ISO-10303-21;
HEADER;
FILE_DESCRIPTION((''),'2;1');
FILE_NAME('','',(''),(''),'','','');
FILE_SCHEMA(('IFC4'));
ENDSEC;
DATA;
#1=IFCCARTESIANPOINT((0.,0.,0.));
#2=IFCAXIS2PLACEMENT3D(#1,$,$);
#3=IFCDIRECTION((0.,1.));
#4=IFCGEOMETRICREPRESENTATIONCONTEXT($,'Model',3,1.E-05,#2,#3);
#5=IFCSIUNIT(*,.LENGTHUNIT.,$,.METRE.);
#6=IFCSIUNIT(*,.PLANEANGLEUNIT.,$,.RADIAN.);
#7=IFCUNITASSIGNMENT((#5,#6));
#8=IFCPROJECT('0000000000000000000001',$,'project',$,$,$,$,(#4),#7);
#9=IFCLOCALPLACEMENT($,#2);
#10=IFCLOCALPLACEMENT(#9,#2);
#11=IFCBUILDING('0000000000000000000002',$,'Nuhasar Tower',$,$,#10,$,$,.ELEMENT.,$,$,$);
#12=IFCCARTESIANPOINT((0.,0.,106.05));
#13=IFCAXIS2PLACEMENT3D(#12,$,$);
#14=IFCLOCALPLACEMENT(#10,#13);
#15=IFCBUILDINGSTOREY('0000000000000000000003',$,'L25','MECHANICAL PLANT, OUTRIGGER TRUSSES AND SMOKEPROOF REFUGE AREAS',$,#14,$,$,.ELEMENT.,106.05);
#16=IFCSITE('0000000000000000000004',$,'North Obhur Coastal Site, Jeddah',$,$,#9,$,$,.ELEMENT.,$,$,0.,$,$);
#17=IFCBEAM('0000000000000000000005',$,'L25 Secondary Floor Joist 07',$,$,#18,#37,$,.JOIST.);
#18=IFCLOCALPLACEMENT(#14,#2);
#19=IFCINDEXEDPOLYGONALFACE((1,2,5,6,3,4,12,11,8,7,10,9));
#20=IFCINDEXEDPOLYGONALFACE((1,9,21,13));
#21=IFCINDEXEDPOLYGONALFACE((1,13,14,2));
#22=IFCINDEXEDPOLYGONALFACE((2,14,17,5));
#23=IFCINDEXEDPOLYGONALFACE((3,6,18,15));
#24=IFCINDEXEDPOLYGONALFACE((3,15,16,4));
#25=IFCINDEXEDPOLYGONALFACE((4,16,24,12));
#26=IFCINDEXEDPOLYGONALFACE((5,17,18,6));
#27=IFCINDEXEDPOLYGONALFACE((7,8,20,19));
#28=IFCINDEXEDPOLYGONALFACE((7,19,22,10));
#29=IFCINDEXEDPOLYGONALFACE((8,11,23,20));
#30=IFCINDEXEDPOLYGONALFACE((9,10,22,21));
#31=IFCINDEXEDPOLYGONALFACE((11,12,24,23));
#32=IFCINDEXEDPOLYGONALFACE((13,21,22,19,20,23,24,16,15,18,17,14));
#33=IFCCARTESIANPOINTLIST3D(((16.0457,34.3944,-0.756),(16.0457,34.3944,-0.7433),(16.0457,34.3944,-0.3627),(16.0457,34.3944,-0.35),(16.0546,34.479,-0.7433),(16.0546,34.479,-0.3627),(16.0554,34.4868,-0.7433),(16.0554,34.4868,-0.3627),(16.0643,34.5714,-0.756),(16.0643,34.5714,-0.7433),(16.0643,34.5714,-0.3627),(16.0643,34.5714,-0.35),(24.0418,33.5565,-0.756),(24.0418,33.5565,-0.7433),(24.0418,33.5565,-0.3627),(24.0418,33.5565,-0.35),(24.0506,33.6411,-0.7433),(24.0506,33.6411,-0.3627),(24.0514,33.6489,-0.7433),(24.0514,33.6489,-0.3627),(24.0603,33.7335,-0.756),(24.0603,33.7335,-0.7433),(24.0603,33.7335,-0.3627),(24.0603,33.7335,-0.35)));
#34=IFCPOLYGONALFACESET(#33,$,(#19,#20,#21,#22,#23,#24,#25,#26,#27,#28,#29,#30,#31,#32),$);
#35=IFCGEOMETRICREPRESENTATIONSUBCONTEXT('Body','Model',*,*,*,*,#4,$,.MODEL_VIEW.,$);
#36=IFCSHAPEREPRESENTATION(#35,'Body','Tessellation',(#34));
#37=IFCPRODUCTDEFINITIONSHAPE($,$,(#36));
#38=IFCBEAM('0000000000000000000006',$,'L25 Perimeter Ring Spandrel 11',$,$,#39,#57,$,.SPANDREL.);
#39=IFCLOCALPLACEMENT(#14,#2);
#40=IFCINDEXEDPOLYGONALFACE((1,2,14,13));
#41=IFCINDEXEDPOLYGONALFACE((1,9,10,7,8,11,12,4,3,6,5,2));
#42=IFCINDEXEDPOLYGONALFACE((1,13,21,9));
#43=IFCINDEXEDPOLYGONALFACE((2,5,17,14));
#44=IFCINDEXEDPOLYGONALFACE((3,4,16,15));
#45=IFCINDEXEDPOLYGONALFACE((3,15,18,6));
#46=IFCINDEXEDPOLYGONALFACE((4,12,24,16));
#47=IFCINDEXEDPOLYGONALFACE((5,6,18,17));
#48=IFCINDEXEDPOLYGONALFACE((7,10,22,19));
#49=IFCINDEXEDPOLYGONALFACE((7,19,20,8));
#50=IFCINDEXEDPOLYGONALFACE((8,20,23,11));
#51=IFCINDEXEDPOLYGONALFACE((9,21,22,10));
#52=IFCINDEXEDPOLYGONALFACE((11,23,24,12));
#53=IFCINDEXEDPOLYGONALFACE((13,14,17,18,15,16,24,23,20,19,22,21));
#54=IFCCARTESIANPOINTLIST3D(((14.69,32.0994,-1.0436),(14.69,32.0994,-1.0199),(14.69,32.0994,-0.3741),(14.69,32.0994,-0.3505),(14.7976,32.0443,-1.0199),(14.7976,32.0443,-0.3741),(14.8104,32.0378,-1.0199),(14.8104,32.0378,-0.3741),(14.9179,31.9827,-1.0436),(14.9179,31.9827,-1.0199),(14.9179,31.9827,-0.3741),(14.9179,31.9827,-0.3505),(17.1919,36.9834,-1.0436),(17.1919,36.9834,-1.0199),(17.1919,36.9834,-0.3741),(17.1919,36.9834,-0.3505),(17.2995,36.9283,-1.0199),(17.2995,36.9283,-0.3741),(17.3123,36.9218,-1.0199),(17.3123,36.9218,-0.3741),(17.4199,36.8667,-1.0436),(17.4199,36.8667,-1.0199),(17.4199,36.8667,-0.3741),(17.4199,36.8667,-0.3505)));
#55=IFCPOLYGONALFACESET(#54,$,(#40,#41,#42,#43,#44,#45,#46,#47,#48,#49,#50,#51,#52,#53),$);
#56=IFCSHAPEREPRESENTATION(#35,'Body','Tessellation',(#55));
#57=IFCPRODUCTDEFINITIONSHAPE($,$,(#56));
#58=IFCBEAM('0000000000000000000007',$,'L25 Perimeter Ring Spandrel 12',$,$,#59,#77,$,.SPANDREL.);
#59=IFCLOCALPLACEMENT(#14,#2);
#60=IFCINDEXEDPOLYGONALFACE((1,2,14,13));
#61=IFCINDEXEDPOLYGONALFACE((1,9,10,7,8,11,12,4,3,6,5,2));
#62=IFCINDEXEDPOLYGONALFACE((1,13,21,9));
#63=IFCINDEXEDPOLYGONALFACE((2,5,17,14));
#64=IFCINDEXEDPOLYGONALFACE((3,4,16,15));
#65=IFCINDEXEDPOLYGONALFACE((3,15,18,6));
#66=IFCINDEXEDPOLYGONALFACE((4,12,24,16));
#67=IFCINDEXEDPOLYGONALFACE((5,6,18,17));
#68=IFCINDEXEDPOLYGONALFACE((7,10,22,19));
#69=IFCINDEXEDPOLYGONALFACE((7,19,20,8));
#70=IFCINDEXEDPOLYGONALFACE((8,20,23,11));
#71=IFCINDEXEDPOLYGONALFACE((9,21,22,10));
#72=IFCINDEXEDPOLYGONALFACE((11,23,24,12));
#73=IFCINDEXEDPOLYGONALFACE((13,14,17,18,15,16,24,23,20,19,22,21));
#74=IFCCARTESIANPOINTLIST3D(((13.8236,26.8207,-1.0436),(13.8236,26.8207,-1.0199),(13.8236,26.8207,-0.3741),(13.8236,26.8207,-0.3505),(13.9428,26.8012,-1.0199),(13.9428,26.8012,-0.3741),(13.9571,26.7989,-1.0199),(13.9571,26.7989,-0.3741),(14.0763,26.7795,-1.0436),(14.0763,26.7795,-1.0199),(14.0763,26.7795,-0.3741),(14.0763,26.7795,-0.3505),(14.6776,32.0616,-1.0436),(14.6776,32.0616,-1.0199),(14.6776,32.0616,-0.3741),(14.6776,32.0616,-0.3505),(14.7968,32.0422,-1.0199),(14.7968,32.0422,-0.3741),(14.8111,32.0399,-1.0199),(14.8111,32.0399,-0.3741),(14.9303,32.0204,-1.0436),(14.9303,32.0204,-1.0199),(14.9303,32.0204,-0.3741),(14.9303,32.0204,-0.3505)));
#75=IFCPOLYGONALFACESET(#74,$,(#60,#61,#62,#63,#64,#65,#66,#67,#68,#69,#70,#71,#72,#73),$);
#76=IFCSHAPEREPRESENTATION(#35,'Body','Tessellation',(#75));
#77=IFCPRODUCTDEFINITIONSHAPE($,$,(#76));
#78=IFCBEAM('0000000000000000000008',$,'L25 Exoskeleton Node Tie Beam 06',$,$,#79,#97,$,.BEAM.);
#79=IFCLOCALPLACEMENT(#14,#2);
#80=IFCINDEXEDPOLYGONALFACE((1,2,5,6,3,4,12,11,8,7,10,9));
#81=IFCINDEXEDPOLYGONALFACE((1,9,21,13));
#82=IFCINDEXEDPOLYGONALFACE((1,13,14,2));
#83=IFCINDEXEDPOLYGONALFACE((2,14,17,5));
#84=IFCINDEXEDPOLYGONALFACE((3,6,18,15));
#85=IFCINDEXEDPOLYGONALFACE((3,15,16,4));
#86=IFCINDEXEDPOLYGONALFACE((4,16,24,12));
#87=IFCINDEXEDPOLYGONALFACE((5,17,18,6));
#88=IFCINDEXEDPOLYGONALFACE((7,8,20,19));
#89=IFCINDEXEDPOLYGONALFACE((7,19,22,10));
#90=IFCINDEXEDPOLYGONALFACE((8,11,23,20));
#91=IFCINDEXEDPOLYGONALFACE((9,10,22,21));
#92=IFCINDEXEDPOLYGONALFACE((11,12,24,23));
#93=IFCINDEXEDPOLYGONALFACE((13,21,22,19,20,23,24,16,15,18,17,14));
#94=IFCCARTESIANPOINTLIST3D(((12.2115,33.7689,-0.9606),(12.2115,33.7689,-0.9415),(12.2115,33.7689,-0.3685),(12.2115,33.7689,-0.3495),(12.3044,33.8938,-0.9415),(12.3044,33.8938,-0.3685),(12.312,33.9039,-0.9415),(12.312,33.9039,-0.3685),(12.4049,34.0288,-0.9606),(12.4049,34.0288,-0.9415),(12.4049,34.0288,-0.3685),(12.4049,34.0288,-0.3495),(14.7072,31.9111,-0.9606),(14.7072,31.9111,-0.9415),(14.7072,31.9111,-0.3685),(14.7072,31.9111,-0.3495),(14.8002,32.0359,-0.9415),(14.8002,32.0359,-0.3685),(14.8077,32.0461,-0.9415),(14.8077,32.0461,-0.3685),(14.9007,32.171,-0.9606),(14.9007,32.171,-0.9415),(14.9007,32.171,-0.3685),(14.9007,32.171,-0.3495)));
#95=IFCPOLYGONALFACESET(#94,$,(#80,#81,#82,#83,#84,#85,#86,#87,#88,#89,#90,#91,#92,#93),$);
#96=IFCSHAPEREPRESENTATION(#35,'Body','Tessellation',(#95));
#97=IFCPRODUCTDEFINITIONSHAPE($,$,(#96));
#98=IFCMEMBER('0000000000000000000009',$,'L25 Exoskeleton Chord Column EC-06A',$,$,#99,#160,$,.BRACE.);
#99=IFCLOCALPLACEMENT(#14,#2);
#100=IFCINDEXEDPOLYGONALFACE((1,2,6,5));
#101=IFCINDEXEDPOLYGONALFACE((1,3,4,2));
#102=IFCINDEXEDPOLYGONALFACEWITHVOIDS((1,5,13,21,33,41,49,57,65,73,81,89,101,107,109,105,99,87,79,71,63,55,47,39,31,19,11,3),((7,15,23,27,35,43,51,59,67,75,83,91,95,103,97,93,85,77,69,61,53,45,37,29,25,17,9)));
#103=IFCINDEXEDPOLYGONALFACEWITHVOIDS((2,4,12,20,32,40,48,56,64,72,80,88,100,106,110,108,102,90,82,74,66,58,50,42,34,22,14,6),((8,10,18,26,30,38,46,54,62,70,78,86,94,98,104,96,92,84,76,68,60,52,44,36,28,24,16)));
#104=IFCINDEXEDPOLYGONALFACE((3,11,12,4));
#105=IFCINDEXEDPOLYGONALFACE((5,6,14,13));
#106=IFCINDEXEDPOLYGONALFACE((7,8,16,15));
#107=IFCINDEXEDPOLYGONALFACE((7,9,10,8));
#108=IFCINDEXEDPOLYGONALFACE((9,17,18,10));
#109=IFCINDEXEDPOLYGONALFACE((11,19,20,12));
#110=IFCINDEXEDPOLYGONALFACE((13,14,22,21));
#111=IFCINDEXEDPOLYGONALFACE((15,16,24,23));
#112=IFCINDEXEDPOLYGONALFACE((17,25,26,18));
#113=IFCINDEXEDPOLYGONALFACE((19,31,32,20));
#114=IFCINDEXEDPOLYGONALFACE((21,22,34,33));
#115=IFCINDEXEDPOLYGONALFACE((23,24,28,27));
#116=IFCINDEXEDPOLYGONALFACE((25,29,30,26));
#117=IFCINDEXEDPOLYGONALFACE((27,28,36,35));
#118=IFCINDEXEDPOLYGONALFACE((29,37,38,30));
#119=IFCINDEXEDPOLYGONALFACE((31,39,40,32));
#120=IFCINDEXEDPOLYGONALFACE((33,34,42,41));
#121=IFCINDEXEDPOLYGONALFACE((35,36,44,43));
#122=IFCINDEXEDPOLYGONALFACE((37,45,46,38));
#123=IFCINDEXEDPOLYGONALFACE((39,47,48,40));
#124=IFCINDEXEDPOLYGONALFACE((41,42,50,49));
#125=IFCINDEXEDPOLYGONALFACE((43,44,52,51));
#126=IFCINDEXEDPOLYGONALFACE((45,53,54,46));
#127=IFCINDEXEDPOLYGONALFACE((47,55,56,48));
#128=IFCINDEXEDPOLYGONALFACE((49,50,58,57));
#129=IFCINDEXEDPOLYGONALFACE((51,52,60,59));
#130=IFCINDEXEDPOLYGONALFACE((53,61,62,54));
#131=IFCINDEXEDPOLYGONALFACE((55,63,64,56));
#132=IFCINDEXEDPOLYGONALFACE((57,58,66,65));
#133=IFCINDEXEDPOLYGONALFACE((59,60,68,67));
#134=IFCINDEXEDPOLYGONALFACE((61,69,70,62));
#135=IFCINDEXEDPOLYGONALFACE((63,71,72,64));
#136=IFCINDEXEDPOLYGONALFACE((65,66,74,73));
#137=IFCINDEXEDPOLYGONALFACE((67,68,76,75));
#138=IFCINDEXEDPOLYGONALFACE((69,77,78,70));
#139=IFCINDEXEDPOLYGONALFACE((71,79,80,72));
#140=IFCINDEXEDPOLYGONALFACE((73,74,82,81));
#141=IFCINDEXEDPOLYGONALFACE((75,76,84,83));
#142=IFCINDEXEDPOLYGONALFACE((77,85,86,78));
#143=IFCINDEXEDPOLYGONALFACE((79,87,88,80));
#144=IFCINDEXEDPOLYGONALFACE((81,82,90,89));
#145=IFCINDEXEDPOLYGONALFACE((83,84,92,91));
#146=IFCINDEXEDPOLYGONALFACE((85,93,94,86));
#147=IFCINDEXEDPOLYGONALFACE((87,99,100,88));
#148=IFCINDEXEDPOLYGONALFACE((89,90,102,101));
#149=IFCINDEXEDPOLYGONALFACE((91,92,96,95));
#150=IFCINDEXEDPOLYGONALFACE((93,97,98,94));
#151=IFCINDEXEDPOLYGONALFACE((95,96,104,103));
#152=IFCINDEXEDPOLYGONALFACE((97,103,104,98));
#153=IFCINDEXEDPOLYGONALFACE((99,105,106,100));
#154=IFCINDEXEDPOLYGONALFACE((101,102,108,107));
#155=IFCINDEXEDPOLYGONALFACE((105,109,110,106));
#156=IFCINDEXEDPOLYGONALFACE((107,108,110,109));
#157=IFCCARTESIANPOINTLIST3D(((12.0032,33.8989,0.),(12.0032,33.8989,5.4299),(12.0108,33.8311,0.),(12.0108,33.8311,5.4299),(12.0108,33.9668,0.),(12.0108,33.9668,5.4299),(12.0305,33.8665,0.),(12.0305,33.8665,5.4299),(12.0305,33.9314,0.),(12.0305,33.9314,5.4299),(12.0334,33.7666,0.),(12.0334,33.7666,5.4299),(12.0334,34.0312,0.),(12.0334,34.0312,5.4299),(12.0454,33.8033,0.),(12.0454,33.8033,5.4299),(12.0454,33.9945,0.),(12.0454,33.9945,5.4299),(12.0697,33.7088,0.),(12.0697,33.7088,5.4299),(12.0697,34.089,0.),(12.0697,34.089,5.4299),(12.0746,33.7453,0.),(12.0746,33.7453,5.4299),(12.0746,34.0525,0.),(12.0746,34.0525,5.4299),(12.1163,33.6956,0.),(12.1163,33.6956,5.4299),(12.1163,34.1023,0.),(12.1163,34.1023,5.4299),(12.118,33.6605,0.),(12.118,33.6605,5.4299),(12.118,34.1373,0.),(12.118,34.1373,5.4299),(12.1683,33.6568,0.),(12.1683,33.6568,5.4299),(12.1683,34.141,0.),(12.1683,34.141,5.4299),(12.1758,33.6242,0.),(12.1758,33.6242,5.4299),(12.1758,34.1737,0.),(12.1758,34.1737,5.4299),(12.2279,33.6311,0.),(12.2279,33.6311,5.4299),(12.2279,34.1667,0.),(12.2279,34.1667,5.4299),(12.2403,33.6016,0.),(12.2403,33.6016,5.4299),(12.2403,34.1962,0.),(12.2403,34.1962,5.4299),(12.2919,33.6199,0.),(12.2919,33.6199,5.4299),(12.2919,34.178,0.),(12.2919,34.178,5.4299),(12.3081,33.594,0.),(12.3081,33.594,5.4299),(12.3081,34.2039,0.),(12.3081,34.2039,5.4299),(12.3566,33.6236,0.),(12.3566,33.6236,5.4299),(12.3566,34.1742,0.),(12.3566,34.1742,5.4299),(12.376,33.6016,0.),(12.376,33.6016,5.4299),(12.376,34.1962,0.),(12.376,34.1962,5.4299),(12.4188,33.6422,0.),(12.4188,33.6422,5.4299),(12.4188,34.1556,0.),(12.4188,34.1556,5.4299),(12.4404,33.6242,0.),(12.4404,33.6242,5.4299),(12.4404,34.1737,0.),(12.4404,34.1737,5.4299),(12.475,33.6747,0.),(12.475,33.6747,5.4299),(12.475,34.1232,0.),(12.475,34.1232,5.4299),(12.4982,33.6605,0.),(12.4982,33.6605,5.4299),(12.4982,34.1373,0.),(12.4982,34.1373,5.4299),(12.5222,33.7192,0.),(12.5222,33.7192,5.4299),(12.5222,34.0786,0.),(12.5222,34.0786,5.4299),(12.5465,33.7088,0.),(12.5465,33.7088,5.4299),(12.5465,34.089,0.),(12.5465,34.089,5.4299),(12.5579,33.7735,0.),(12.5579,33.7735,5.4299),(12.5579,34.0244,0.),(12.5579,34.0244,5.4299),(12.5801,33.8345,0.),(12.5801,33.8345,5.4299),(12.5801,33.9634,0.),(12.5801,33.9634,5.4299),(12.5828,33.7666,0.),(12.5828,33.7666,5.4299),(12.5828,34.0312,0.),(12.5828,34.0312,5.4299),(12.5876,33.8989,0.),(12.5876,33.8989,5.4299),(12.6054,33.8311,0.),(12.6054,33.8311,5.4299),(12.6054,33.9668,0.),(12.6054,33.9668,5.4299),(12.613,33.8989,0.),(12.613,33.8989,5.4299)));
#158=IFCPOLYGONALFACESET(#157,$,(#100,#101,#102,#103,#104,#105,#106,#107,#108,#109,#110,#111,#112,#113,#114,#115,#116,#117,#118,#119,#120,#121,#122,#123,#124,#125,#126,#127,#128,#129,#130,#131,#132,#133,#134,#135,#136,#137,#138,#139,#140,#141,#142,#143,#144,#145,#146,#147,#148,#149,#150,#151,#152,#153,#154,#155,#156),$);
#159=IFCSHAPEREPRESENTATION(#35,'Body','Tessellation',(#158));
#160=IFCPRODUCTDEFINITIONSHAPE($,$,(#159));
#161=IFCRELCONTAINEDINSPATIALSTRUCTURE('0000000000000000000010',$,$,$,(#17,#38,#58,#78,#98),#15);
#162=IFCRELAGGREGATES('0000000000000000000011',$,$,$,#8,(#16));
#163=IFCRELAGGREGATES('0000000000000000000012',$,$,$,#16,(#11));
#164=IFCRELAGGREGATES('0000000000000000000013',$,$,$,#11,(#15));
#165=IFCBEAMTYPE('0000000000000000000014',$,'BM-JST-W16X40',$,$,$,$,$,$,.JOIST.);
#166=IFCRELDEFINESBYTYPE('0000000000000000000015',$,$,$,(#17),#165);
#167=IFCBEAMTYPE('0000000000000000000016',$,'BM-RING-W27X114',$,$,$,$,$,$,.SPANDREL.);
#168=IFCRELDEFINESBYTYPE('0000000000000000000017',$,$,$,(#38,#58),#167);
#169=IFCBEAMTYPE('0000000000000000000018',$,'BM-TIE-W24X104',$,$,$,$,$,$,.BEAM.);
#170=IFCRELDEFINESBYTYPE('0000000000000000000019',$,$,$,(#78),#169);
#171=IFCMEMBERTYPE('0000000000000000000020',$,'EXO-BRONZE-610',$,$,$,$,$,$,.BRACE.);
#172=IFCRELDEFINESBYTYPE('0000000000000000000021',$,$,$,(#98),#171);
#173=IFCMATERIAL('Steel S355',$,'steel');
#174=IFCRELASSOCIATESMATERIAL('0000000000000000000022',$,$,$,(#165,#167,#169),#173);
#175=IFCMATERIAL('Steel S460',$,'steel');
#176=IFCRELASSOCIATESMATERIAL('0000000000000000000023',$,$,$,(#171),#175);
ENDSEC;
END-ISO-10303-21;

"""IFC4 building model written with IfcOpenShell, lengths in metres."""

from ifc_helpers import new_model, si_unit, direction, frame, origin, origin_2d, place, context, subcontext, project, spatial, hollow_circle, i_section, extrude, material, material_profile, profile_set, type_object, element, save


model = new_model("IFC4")

# Units and contexts
model_context = context("Model", 3, precision=1e-05, world=origin(), true_north=direction((0.0, 1.0)))
body_context = subcontext(model_context, "Body", "Model", "MODEL_VIEW")
ifc_project = project(units=[si_unit("LENGTHUNIT", "METRE"), si_unit("PLANEANGLEUNIT", "RADIAN")], contexts=[model_context])

# Site, building, storey
site_placement = place(None, origin())
site = spatial("IfcSite", under=ifc_project, at=site_placement, Name="North Obhur Coastal Site, Jeddah", CompositionType="ELEMENT", RefElevation=0.0)
building_placement = place(site_placement, origin())
building = spatial("IfcBuilding", under=site, at=building_placement, Name="Nuhasar Tower", CompositionType="ELEMENT")
storey_placement = place(building_placement, frame((0.0, 0.0, 106.05)))
storey = spatial("IfcBuildingStorey", under=building, at=storey_placement, Name="L25", Description="MECHANICAL PLANT, OUTRIGGER TRUSSES AND SMOKEPROOF REFUGE AREAS", CompositionType="ELEMENT", Elevation=106.05)

# Shared definitions
ifc_material_1 = material(Name="Steel S460", Category="steel")

# Beams
ifc_material_2 = material(Name="Steel S355", Category="steel")
ifc_material_profile_1 = material_profile(ifc_material_2, i_section(OverallWidth=0.178, OverallDepth=0.406, WebThickness=0.0078, FlangeThickness=0.0127, at=origin_2d()), Name="W16X40")
ifc_profile_set_1 = profile_set([ifc_material_profile_1], Name="Steel S355")
beam_type_1 = type_object("IfcBeamType", Name="BM-JST-W16X40", PredefinedType="JOIST", material=ifc_profile_set_1)
beam_1_placement = place(storey_placement, frame((24.051, 33.645, -0.553), z_axis=(-0.994555, 0.104217, 0.0), x_axis=(-0.104217, -0.994555, 0.0)))
element("IfcBeam", 1, at=beam_1_placement, inside=storey, type_object=beam_type_1, Name="L25 Secondary Floor Joist 07", PredefinedType="JOIST", context=body_context, shape_type="SweptSolid", body=[
    extrude(i_section(OverallWidth=0.178, OverallDepth=0.406, WebThickness=0.0078, FlangeThickness=0.0127, at=origin_2d()), origin(), (0.0, 0.0, 1.0), 8.0398),
])
ifc_material_profile_2 = material_profile(ifc_material_2, i_section(OverallWidth=0.2561, OverallDepth=0.6931, WebThickness=0.0144, FlangeThickness=0.0237, at=origin_2d()), Name="W27X114")
ifc_profile_set_2 = profile_set([ifc_material_profile_2], Name="Steel S355")
beam_type_2 = type_object("IfcBeamType", Name="BM-RING-W27X114", PredefinedType="SPANDREL", material=ifc_profile_set_2)
beam_2_placement = place(storey_placement, frame((17.3059, 36.925, -0.697), z_axis=(-0.45593, -0.890016, 0.0), x_axis=(0.890016, -0.45593, 0.0)))
element("IfcBeam", 2, at=beam_2_placement, inside=storey, type_object=beam_type_2, Name="L25 Perimeter Ring Spandrel 11", PredefinedType="SPANDREL", context=body_context, shape_type="SweptSolid", body=[
    extrude(i_section(OverallWidth=0.2561, OverallDepth=0.6931, WebThickness=0.0144, FlangeThickness=0.0237, at=origin_2d()), origin(), (0.0, 0.0, 1.0), 5.4875),
])
beam_3_placement = place(storey_placement, frame((14.804, 32.041, -0.697), z_axis=(-0.160827, -0.986983, 0.0), x_axis=(0.986983, -0.160827, 0.0)))
element("IfcBeam", 3, at=beam_3_placement, inside=storey, type_object=beam_type_2, Name="L25 Perimeter Ring Spandrel 12", PredefinedType="SPANDREL", context=body_context, shape_type="SweptSolid", body=[
    extrude(i_section(OverallWidth=0.2561, OverallDepth=0.6931, WebThickness=0.0144, FlangeThickness=0.0237, at=origin_2d()), origin(), (0.0, 0.0, 1.0), 5.3101),
])
ifc_material_profile_3 = material_profile(ifc_material_2, i_section(OverallWidth=0.324, OverallDepth=0.6111, WebThickness=0.0127, FlangeThickness=0.019, at=origin_2d()), Name="W24X104")
ifc_profile_set_3 = profile_set([ifc_material_profile_3], Name="Steel S355")
beam_type_3 = type_object("IfcBeamType", Name="BM-TIE-W24X104", PredefinedType="BEAM", material=ifc_profile_set_3)
beam_4_placement = place(storey_placement, frame((14.804, 32.041, -0.655), z_axis=(-0.802151, 0.597121, 0.0), x_axis=(-0.597121, -0.802151, 0.0)))
element("IfcBeam", 4, at=beam_4_placement, inside=storey, type_object=beam_type_3, Name="L25 Exoskeleton Node Tie Beam 06", PredefinedType="BEAM", context=body_context, shape_type="SweptSolid", body=[
    extrude(i_section(OverallWidth=0.324, OverallDepth=0.6111, WebThickness=0.0127, FlangeThickness=0.019, at=origin_2d()), origin(), (0.0, 0.0, 1.0), 3.1113),
])

# Member
ifc_material_profile_4 = material_profile(ifc_material_1, hollow_circle(Radius=0.3049, WallThickness=0.0254, at=origin_2d()), Name="HSS610X25.4")
ifc_profile_set_4 = profile_set([ifc_material_profile_4], Name="Steel S460")
member_type_1 = type_object("IfcMemberType", Name="EXO-BRONZE-610", PredefinedType="BRACE", material=ifc_profile_set_4)
for number, where, z_axis, x_axis, name in (
    (5, (12.3081, 33.8989, 0.0), (0.0, 0.0, 1.0), (1.0, 0.0, 0.0), "L25 Exoskeleton Chord Column EC-06A"),
):
    element("IfcMember", number, at=place(storey_placement, frame(where, z_axis=z_axis, x_axis=x_axis)), inside=storey, type_object=member_type_1, Name=name, PredefinedType="BRACE", context=body_context, shape_type="SweptSolid", body=[
        extrude(hollow_circle(Radius=0.3049, WallThickness=0.0254, at=origin_2d()), origin(), (0.0, 0.0, 1.0), 5.4299),
    ])

save(model, "model.ifc")
